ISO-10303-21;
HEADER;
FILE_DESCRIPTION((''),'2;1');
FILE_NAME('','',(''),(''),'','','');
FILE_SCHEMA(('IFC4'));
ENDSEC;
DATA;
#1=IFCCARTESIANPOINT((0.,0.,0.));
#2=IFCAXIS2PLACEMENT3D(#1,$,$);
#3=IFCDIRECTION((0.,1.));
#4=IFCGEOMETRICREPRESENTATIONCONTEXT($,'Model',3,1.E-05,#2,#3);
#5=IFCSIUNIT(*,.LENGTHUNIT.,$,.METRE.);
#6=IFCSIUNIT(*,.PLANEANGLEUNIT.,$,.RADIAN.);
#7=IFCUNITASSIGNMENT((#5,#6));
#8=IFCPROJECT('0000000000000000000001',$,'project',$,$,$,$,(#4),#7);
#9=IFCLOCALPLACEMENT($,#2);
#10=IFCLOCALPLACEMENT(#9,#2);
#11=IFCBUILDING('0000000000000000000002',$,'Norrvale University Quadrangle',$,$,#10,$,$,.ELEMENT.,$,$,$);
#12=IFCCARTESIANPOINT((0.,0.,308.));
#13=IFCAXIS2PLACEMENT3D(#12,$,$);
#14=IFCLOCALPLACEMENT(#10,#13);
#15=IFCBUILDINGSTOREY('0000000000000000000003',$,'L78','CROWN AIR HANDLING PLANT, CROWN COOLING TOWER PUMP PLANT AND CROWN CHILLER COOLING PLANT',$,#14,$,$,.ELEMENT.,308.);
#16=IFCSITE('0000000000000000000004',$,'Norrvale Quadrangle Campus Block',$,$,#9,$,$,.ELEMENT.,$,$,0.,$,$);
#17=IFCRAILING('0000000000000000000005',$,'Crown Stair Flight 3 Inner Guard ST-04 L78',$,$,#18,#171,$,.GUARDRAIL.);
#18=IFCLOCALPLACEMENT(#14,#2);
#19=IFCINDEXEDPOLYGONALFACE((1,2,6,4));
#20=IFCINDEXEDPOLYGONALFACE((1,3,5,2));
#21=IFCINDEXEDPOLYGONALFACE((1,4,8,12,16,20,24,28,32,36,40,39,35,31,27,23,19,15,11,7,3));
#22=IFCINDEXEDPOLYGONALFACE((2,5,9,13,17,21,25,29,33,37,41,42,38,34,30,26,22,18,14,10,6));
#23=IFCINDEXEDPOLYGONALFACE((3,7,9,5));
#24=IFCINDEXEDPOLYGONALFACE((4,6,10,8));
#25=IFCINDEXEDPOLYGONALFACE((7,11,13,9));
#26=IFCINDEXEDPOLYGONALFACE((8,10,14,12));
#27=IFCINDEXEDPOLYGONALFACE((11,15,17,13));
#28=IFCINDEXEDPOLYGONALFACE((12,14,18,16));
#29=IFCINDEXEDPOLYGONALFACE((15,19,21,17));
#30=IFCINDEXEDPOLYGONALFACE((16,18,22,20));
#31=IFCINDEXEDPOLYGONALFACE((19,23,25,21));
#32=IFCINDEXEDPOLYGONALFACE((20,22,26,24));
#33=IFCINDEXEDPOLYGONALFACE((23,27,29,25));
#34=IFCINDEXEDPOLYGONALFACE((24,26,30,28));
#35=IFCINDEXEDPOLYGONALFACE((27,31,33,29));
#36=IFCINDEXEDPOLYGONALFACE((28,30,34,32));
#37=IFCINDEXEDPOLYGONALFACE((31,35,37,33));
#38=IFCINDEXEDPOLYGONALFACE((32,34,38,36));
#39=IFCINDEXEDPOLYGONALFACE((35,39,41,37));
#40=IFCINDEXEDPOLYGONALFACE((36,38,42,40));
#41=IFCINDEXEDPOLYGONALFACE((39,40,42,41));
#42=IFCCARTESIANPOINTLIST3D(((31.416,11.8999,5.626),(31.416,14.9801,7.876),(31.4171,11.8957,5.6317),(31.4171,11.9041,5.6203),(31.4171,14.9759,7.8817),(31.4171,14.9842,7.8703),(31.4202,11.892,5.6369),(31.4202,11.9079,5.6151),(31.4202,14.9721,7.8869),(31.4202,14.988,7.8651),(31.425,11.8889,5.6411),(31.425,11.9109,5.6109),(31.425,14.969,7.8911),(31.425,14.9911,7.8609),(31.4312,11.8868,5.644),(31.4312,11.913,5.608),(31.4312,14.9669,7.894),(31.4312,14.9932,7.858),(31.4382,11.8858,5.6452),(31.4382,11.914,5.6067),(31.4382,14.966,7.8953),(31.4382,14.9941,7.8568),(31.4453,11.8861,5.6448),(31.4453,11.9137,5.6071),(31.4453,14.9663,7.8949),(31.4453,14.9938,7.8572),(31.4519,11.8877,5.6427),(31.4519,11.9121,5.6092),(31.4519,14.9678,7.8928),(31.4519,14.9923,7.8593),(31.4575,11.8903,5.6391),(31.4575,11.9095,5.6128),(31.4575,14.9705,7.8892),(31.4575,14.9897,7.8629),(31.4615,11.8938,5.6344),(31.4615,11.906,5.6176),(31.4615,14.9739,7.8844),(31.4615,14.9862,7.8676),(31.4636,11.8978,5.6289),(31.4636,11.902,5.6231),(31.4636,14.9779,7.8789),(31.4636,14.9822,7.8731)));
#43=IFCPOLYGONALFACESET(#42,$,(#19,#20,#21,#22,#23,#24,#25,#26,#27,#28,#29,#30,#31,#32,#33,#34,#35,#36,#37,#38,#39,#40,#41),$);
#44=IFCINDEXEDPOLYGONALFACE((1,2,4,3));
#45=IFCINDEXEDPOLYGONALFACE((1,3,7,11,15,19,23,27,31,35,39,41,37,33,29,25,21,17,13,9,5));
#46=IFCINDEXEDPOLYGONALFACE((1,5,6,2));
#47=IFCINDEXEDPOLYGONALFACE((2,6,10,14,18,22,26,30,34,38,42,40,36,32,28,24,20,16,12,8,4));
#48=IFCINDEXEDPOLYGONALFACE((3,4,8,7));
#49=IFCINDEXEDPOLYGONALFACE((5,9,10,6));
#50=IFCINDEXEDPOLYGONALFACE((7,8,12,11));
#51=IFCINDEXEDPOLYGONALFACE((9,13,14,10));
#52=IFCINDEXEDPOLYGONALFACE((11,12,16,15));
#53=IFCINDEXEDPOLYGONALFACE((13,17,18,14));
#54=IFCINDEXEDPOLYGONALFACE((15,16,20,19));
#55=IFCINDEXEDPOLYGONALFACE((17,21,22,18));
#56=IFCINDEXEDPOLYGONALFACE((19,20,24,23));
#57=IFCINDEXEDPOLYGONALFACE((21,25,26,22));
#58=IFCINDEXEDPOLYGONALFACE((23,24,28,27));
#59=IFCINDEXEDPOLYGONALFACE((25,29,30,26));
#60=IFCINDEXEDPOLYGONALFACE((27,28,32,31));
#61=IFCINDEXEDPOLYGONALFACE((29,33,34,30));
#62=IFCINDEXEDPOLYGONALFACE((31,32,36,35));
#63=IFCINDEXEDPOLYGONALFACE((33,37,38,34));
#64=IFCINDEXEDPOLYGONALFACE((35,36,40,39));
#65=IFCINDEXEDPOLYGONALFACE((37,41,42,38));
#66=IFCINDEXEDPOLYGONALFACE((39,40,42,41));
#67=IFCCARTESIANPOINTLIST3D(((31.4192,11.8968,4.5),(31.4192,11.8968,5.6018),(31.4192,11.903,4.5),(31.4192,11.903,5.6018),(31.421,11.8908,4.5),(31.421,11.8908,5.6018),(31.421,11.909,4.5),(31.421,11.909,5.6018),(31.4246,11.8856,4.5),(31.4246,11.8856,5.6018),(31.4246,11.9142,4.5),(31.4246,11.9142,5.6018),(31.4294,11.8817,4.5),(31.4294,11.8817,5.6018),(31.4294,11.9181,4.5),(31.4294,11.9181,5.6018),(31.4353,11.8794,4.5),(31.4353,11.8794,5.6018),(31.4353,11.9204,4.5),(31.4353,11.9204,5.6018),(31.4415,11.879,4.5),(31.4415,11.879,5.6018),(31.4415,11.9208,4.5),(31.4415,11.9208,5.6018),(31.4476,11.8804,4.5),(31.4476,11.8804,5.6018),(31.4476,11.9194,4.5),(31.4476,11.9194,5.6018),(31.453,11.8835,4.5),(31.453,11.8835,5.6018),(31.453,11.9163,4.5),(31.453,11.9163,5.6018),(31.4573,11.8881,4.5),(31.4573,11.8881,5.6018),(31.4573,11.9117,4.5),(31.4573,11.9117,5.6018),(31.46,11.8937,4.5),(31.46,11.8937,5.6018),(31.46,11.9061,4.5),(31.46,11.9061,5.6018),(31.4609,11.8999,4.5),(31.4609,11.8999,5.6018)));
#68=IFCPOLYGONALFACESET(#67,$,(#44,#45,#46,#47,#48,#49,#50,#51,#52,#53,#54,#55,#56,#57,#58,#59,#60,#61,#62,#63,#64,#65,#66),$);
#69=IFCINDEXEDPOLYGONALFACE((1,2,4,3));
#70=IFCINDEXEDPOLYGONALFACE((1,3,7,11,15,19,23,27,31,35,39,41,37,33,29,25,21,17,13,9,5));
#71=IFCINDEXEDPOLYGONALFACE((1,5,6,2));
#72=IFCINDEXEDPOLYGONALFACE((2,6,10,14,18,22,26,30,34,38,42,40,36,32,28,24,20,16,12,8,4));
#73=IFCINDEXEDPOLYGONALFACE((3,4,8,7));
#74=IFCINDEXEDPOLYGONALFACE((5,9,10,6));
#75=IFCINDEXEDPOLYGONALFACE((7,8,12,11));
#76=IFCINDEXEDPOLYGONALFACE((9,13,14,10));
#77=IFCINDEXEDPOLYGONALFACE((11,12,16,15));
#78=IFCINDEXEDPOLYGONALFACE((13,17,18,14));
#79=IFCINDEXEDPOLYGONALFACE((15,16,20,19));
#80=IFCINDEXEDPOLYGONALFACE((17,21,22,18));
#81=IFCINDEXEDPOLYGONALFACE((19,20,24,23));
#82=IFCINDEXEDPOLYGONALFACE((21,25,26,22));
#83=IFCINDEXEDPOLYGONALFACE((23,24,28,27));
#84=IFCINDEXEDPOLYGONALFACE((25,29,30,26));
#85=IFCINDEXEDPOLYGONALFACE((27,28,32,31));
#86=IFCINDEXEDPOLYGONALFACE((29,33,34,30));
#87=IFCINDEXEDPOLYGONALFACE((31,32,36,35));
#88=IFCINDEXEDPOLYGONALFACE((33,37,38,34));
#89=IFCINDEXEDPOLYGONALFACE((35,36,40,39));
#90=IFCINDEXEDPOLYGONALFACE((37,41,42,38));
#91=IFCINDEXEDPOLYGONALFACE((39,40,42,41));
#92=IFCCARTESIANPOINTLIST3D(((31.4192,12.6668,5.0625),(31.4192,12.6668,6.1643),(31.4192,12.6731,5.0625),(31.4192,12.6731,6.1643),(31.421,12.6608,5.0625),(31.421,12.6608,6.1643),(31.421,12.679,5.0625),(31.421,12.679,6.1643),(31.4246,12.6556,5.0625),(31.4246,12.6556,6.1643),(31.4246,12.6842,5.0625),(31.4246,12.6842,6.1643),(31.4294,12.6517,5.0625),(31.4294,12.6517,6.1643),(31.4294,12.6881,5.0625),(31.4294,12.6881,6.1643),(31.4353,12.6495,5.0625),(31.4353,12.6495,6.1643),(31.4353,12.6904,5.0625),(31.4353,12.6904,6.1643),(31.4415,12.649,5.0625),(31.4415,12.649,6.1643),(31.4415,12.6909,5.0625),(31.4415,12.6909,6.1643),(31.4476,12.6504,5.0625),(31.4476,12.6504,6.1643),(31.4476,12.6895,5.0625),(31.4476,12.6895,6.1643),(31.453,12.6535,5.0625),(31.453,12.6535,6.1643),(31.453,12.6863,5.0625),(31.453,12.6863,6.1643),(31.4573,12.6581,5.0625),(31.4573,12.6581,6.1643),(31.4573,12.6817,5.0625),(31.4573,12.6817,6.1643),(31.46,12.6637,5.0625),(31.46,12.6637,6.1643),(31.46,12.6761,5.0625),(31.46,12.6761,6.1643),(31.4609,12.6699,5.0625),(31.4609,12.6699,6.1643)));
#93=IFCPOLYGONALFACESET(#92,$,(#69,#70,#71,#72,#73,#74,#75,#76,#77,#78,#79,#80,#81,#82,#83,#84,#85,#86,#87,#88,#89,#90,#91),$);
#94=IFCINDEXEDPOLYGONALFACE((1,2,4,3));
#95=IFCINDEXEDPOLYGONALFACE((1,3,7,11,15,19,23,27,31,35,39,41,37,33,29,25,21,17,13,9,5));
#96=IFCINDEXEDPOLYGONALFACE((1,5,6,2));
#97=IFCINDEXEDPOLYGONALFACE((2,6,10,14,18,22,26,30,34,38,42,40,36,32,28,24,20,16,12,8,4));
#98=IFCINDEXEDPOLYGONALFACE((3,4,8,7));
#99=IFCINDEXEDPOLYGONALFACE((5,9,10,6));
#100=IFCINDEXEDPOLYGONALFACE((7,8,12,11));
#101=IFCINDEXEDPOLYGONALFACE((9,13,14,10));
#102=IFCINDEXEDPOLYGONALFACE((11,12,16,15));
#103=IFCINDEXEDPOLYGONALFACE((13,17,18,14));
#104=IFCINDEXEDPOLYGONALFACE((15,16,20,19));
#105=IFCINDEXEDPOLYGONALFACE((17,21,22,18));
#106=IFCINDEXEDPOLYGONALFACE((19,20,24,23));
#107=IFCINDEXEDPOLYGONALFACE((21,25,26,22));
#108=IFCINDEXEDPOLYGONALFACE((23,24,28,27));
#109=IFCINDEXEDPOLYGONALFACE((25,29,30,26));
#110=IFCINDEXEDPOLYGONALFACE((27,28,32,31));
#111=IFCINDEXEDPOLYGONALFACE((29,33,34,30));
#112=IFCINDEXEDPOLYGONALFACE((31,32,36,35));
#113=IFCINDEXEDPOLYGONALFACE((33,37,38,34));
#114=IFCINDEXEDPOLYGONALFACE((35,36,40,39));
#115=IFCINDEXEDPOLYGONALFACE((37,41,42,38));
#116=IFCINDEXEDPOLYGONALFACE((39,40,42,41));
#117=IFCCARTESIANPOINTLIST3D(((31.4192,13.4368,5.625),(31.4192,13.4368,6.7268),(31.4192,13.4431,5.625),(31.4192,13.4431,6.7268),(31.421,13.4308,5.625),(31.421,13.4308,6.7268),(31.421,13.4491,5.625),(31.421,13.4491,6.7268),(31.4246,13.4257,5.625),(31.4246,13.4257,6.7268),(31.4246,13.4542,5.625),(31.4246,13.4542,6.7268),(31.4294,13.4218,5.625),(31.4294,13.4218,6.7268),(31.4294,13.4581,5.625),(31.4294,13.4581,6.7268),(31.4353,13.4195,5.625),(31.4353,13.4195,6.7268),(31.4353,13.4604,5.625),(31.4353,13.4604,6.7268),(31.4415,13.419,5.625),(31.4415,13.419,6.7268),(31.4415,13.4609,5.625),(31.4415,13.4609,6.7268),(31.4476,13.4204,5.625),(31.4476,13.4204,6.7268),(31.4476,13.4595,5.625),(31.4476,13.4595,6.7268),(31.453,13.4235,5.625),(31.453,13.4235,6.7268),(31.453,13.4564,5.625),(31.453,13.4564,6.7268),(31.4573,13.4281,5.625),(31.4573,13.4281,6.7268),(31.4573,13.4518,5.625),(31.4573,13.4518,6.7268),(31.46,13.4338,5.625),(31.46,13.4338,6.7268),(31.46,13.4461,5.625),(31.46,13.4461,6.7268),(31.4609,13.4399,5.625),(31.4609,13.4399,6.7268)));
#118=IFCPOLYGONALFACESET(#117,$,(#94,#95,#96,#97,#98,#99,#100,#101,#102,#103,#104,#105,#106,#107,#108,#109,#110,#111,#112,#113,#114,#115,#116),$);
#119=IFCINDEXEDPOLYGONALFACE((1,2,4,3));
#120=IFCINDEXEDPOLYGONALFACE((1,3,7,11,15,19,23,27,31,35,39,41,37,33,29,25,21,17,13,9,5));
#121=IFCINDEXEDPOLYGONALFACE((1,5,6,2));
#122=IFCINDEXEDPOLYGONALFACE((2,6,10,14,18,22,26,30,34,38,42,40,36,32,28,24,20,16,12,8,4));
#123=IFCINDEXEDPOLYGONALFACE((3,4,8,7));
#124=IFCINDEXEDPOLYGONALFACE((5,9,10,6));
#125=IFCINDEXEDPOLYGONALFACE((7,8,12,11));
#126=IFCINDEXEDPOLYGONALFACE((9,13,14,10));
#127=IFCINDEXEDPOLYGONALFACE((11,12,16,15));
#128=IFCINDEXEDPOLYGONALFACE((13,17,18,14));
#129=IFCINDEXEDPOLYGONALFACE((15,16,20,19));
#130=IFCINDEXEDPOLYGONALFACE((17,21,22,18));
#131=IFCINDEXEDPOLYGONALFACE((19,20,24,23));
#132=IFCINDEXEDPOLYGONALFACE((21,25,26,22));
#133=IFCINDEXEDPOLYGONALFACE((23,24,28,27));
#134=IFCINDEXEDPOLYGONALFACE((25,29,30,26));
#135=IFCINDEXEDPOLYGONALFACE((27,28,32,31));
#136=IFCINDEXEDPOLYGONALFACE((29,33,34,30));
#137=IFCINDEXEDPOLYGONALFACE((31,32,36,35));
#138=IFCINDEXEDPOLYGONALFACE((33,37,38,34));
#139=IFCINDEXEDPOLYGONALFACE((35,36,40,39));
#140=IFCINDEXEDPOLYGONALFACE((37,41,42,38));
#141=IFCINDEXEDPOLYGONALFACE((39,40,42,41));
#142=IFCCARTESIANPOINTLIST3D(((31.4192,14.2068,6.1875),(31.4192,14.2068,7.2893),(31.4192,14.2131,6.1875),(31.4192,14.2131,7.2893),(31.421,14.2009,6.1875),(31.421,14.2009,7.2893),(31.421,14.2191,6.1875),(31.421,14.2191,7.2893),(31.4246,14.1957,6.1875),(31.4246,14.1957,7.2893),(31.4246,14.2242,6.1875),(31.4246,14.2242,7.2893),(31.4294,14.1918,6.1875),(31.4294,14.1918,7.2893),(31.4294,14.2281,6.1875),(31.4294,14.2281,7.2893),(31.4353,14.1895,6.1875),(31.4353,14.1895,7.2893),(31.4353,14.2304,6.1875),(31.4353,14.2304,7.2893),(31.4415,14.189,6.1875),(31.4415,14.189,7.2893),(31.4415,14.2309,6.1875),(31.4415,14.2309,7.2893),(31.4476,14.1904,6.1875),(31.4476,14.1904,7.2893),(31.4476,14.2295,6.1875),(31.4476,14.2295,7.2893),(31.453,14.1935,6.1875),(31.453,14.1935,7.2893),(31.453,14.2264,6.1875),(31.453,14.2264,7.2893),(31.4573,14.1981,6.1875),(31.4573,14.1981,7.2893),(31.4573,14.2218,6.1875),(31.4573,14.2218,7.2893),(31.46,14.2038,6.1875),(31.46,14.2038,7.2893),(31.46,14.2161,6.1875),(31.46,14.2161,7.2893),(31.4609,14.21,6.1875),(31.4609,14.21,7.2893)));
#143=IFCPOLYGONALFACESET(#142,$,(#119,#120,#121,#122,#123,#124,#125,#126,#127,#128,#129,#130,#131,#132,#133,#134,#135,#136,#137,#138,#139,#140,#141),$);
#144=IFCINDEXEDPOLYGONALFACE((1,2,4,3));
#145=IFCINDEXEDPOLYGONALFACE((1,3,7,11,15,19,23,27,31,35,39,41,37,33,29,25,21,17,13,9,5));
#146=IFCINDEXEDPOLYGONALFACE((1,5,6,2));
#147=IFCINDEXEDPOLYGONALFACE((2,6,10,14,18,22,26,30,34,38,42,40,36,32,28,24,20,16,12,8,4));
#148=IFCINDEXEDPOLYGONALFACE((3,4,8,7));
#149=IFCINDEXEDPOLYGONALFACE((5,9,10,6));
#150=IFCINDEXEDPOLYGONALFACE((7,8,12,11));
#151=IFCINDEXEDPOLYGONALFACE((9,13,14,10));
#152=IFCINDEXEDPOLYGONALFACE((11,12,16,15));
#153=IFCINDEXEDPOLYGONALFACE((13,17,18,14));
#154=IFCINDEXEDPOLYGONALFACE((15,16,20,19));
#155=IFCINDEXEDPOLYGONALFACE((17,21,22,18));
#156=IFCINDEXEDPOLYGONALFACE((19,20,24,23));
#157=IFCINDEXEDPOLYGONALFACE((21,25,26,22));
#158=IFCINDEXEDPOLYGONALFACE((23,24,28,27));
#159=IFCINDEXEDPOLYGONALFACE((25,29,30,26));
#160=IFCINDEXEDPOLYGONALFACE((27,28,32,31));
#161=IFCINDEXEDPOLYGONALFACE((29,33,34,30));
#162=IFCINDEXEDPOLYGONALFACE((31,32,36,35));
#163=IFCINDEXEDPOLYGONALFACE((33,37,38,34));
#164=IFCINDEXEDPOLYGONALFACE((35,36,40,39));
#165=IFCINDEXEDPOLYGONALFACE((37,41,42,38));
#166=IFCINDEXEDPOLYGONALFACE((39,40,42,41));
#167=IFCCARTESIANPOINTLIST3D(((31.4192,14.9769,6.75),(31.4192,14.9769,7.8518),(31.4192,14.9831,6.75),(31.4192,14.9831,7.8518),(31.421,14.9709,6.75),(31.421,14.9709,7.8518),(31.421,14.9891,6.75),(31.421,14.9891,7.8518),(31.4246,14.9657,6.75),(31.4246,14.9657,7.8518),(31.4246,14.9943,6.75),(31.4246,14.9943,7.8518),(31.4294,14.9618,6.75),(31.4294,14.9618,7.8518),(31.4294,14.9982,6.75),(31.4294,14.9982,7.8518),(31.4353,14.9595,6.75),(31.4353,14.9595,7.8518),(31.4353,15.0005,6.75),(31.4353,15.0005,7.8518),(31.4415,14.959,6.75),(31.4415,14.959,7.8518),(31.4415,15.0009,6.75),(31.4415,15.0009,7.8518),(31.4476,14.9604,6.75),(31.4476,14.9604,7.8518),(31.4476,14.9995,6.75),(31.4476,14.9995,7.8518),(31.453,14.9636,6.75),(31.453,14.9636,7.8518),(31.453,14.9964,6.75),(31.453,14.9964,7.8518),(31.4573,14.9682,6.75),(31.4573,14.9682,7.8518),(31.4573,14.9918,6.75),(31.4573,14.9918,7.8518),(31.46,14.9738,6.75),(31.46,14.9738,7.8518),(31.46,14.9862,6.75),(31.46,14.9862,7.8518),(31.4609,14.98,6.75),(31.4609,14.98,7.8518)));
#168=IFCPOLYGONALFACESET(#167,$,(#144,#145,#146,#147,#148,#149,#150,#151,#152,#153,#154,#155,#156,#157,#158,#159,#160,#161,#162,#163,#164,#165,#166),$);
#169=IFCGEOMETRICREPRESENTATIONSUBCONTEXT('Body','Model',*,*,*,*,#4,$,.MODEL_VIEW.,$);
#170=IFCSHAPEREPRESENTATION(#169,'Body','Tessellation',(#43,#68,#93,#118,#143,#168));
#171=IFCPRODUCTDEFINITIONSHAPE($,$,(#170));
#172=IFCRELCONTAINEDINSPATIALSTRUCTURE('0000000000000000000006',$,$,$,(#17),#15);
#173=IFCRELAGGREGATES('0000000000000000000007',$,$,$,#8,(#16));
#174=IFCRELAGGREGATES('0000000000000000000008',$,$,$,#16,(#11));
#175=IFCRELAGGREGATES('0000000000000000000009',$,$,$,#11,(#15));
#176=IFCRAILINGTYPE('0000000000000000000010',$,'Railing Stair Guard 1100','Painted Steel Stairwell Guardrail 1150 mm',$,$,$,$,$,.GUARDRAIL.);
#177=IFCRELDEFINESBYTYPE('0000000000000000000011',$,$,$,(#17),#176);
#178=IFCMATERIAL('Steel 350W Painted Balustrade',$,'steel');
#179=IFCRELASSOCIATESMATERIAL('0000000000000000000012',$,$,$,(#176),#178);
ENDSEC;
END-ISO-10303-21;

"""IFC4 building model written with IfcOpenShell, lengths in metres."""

from ifc_helpers import new_model, si_unit, direction, frame, origin, origin_2d, place, context, subcontext, project, spatial, circle, extrude, material, type_object, element, save


model = new_model("IFC4")

# Units and contexts
model_context = context("Model", 3, precision=1e-05, world=origin(), true_north=direction((0.0, 1.0)))
body_context = subcontext(model_context, "Body", "Model", "MODEL_VIEW")
ifc_project = project(units=[si_unit("LENGTHUNIT", "METRE"), si_unit("PLANEANGLEUNIT", "RADIAN")], contexts=[model_context])

# Site, building, storey
site_placement = place(None, origin())
site = spatial("IfcSite", under=ifc_project, at=site_placement, Name="Norrvale Quadrangle Campus Block", CompositionType="ELEMENT", RefElevation=0.0)
building_placement = place(site_placement, origin())
building = spatial("IfcBuilding", under=site, at=building_placement, Name="Norrvale University Quadrangle", CompositionType="ELEMENT")
storey_placement = place(building_placement, frame((0.0, 0.0, 308.0)))
storey = spatial("IfcBuildingStorey", under=building, at=storey_placement, Name="L78", Description="CROWN AIR HANDLING PLANT, CROWN COOLING TOWER PUMP PLANT AND CROWN CHILLER COOLING PLANT", CompositionType="ELEMENT", Elevation=308.0)

# Railing
ifc_material_1 = material(Name="Steel 350W Painted Balustrade", Category="steel")
railing_type_1 = type_object("IfcRailingType", Name="Railing Stair Guard 1100", Description="Painted Steel Stairwell Guardrail 1150 mm", PredefinedType="GUARDRAIL", material=ifc_material_1)
railing_1_placement = place(storey_placement, frame((31.4399, 11.8999, 4.5)))
element("IfcRailing", 1, at=railing_1_placement, inside=storey, type_object=railing_type_1, Name="Crown Stair Flight 3 Inner Guard ST-04 L78", PredefinedType="GUARDRAIL", context=body_context, shape_type="SweptSolid", body=[
    extrude(circle(Radius=0.0239, at=origin_2d()), frame((0.0, 0.0, 1.126), z_axis=(0.0, 0.807494, 0.589875), x_axis=(-1.0, 0.0, 0.0)), (0.0, 0.0, 1.0), 3.8145),
    extrude(circle(Radius=0.021, at=origin_2d()), origin(), (0.0, 0.0, 1.0), 1.1018),
    extrude(circle(Radius=0.021, at=origin_2d()), frame((0.0, 0.77, 0.5625)), (0.0, 0.0, 1.0), 1.1018),
    extrude(circle(Radius=0.021, at=origin_2d()), frame((0.0, 1.54, 1.125)), (0.0, 0.0, 1.0), 1.1018),
    extrude(circle(Radius=0.021, at=origin_2d()), frame((0.0, 2.3101, 1.6875)), (0.0, 0.0, 1.0), 1.1018),
    extrude(circle(Radius=0.021, at=origin_2d()), frame((0.0, 3.0801, 2.25)), (0.0, 0.0, 1.0), 1.1018),
])

save(model, "model.ifc")
